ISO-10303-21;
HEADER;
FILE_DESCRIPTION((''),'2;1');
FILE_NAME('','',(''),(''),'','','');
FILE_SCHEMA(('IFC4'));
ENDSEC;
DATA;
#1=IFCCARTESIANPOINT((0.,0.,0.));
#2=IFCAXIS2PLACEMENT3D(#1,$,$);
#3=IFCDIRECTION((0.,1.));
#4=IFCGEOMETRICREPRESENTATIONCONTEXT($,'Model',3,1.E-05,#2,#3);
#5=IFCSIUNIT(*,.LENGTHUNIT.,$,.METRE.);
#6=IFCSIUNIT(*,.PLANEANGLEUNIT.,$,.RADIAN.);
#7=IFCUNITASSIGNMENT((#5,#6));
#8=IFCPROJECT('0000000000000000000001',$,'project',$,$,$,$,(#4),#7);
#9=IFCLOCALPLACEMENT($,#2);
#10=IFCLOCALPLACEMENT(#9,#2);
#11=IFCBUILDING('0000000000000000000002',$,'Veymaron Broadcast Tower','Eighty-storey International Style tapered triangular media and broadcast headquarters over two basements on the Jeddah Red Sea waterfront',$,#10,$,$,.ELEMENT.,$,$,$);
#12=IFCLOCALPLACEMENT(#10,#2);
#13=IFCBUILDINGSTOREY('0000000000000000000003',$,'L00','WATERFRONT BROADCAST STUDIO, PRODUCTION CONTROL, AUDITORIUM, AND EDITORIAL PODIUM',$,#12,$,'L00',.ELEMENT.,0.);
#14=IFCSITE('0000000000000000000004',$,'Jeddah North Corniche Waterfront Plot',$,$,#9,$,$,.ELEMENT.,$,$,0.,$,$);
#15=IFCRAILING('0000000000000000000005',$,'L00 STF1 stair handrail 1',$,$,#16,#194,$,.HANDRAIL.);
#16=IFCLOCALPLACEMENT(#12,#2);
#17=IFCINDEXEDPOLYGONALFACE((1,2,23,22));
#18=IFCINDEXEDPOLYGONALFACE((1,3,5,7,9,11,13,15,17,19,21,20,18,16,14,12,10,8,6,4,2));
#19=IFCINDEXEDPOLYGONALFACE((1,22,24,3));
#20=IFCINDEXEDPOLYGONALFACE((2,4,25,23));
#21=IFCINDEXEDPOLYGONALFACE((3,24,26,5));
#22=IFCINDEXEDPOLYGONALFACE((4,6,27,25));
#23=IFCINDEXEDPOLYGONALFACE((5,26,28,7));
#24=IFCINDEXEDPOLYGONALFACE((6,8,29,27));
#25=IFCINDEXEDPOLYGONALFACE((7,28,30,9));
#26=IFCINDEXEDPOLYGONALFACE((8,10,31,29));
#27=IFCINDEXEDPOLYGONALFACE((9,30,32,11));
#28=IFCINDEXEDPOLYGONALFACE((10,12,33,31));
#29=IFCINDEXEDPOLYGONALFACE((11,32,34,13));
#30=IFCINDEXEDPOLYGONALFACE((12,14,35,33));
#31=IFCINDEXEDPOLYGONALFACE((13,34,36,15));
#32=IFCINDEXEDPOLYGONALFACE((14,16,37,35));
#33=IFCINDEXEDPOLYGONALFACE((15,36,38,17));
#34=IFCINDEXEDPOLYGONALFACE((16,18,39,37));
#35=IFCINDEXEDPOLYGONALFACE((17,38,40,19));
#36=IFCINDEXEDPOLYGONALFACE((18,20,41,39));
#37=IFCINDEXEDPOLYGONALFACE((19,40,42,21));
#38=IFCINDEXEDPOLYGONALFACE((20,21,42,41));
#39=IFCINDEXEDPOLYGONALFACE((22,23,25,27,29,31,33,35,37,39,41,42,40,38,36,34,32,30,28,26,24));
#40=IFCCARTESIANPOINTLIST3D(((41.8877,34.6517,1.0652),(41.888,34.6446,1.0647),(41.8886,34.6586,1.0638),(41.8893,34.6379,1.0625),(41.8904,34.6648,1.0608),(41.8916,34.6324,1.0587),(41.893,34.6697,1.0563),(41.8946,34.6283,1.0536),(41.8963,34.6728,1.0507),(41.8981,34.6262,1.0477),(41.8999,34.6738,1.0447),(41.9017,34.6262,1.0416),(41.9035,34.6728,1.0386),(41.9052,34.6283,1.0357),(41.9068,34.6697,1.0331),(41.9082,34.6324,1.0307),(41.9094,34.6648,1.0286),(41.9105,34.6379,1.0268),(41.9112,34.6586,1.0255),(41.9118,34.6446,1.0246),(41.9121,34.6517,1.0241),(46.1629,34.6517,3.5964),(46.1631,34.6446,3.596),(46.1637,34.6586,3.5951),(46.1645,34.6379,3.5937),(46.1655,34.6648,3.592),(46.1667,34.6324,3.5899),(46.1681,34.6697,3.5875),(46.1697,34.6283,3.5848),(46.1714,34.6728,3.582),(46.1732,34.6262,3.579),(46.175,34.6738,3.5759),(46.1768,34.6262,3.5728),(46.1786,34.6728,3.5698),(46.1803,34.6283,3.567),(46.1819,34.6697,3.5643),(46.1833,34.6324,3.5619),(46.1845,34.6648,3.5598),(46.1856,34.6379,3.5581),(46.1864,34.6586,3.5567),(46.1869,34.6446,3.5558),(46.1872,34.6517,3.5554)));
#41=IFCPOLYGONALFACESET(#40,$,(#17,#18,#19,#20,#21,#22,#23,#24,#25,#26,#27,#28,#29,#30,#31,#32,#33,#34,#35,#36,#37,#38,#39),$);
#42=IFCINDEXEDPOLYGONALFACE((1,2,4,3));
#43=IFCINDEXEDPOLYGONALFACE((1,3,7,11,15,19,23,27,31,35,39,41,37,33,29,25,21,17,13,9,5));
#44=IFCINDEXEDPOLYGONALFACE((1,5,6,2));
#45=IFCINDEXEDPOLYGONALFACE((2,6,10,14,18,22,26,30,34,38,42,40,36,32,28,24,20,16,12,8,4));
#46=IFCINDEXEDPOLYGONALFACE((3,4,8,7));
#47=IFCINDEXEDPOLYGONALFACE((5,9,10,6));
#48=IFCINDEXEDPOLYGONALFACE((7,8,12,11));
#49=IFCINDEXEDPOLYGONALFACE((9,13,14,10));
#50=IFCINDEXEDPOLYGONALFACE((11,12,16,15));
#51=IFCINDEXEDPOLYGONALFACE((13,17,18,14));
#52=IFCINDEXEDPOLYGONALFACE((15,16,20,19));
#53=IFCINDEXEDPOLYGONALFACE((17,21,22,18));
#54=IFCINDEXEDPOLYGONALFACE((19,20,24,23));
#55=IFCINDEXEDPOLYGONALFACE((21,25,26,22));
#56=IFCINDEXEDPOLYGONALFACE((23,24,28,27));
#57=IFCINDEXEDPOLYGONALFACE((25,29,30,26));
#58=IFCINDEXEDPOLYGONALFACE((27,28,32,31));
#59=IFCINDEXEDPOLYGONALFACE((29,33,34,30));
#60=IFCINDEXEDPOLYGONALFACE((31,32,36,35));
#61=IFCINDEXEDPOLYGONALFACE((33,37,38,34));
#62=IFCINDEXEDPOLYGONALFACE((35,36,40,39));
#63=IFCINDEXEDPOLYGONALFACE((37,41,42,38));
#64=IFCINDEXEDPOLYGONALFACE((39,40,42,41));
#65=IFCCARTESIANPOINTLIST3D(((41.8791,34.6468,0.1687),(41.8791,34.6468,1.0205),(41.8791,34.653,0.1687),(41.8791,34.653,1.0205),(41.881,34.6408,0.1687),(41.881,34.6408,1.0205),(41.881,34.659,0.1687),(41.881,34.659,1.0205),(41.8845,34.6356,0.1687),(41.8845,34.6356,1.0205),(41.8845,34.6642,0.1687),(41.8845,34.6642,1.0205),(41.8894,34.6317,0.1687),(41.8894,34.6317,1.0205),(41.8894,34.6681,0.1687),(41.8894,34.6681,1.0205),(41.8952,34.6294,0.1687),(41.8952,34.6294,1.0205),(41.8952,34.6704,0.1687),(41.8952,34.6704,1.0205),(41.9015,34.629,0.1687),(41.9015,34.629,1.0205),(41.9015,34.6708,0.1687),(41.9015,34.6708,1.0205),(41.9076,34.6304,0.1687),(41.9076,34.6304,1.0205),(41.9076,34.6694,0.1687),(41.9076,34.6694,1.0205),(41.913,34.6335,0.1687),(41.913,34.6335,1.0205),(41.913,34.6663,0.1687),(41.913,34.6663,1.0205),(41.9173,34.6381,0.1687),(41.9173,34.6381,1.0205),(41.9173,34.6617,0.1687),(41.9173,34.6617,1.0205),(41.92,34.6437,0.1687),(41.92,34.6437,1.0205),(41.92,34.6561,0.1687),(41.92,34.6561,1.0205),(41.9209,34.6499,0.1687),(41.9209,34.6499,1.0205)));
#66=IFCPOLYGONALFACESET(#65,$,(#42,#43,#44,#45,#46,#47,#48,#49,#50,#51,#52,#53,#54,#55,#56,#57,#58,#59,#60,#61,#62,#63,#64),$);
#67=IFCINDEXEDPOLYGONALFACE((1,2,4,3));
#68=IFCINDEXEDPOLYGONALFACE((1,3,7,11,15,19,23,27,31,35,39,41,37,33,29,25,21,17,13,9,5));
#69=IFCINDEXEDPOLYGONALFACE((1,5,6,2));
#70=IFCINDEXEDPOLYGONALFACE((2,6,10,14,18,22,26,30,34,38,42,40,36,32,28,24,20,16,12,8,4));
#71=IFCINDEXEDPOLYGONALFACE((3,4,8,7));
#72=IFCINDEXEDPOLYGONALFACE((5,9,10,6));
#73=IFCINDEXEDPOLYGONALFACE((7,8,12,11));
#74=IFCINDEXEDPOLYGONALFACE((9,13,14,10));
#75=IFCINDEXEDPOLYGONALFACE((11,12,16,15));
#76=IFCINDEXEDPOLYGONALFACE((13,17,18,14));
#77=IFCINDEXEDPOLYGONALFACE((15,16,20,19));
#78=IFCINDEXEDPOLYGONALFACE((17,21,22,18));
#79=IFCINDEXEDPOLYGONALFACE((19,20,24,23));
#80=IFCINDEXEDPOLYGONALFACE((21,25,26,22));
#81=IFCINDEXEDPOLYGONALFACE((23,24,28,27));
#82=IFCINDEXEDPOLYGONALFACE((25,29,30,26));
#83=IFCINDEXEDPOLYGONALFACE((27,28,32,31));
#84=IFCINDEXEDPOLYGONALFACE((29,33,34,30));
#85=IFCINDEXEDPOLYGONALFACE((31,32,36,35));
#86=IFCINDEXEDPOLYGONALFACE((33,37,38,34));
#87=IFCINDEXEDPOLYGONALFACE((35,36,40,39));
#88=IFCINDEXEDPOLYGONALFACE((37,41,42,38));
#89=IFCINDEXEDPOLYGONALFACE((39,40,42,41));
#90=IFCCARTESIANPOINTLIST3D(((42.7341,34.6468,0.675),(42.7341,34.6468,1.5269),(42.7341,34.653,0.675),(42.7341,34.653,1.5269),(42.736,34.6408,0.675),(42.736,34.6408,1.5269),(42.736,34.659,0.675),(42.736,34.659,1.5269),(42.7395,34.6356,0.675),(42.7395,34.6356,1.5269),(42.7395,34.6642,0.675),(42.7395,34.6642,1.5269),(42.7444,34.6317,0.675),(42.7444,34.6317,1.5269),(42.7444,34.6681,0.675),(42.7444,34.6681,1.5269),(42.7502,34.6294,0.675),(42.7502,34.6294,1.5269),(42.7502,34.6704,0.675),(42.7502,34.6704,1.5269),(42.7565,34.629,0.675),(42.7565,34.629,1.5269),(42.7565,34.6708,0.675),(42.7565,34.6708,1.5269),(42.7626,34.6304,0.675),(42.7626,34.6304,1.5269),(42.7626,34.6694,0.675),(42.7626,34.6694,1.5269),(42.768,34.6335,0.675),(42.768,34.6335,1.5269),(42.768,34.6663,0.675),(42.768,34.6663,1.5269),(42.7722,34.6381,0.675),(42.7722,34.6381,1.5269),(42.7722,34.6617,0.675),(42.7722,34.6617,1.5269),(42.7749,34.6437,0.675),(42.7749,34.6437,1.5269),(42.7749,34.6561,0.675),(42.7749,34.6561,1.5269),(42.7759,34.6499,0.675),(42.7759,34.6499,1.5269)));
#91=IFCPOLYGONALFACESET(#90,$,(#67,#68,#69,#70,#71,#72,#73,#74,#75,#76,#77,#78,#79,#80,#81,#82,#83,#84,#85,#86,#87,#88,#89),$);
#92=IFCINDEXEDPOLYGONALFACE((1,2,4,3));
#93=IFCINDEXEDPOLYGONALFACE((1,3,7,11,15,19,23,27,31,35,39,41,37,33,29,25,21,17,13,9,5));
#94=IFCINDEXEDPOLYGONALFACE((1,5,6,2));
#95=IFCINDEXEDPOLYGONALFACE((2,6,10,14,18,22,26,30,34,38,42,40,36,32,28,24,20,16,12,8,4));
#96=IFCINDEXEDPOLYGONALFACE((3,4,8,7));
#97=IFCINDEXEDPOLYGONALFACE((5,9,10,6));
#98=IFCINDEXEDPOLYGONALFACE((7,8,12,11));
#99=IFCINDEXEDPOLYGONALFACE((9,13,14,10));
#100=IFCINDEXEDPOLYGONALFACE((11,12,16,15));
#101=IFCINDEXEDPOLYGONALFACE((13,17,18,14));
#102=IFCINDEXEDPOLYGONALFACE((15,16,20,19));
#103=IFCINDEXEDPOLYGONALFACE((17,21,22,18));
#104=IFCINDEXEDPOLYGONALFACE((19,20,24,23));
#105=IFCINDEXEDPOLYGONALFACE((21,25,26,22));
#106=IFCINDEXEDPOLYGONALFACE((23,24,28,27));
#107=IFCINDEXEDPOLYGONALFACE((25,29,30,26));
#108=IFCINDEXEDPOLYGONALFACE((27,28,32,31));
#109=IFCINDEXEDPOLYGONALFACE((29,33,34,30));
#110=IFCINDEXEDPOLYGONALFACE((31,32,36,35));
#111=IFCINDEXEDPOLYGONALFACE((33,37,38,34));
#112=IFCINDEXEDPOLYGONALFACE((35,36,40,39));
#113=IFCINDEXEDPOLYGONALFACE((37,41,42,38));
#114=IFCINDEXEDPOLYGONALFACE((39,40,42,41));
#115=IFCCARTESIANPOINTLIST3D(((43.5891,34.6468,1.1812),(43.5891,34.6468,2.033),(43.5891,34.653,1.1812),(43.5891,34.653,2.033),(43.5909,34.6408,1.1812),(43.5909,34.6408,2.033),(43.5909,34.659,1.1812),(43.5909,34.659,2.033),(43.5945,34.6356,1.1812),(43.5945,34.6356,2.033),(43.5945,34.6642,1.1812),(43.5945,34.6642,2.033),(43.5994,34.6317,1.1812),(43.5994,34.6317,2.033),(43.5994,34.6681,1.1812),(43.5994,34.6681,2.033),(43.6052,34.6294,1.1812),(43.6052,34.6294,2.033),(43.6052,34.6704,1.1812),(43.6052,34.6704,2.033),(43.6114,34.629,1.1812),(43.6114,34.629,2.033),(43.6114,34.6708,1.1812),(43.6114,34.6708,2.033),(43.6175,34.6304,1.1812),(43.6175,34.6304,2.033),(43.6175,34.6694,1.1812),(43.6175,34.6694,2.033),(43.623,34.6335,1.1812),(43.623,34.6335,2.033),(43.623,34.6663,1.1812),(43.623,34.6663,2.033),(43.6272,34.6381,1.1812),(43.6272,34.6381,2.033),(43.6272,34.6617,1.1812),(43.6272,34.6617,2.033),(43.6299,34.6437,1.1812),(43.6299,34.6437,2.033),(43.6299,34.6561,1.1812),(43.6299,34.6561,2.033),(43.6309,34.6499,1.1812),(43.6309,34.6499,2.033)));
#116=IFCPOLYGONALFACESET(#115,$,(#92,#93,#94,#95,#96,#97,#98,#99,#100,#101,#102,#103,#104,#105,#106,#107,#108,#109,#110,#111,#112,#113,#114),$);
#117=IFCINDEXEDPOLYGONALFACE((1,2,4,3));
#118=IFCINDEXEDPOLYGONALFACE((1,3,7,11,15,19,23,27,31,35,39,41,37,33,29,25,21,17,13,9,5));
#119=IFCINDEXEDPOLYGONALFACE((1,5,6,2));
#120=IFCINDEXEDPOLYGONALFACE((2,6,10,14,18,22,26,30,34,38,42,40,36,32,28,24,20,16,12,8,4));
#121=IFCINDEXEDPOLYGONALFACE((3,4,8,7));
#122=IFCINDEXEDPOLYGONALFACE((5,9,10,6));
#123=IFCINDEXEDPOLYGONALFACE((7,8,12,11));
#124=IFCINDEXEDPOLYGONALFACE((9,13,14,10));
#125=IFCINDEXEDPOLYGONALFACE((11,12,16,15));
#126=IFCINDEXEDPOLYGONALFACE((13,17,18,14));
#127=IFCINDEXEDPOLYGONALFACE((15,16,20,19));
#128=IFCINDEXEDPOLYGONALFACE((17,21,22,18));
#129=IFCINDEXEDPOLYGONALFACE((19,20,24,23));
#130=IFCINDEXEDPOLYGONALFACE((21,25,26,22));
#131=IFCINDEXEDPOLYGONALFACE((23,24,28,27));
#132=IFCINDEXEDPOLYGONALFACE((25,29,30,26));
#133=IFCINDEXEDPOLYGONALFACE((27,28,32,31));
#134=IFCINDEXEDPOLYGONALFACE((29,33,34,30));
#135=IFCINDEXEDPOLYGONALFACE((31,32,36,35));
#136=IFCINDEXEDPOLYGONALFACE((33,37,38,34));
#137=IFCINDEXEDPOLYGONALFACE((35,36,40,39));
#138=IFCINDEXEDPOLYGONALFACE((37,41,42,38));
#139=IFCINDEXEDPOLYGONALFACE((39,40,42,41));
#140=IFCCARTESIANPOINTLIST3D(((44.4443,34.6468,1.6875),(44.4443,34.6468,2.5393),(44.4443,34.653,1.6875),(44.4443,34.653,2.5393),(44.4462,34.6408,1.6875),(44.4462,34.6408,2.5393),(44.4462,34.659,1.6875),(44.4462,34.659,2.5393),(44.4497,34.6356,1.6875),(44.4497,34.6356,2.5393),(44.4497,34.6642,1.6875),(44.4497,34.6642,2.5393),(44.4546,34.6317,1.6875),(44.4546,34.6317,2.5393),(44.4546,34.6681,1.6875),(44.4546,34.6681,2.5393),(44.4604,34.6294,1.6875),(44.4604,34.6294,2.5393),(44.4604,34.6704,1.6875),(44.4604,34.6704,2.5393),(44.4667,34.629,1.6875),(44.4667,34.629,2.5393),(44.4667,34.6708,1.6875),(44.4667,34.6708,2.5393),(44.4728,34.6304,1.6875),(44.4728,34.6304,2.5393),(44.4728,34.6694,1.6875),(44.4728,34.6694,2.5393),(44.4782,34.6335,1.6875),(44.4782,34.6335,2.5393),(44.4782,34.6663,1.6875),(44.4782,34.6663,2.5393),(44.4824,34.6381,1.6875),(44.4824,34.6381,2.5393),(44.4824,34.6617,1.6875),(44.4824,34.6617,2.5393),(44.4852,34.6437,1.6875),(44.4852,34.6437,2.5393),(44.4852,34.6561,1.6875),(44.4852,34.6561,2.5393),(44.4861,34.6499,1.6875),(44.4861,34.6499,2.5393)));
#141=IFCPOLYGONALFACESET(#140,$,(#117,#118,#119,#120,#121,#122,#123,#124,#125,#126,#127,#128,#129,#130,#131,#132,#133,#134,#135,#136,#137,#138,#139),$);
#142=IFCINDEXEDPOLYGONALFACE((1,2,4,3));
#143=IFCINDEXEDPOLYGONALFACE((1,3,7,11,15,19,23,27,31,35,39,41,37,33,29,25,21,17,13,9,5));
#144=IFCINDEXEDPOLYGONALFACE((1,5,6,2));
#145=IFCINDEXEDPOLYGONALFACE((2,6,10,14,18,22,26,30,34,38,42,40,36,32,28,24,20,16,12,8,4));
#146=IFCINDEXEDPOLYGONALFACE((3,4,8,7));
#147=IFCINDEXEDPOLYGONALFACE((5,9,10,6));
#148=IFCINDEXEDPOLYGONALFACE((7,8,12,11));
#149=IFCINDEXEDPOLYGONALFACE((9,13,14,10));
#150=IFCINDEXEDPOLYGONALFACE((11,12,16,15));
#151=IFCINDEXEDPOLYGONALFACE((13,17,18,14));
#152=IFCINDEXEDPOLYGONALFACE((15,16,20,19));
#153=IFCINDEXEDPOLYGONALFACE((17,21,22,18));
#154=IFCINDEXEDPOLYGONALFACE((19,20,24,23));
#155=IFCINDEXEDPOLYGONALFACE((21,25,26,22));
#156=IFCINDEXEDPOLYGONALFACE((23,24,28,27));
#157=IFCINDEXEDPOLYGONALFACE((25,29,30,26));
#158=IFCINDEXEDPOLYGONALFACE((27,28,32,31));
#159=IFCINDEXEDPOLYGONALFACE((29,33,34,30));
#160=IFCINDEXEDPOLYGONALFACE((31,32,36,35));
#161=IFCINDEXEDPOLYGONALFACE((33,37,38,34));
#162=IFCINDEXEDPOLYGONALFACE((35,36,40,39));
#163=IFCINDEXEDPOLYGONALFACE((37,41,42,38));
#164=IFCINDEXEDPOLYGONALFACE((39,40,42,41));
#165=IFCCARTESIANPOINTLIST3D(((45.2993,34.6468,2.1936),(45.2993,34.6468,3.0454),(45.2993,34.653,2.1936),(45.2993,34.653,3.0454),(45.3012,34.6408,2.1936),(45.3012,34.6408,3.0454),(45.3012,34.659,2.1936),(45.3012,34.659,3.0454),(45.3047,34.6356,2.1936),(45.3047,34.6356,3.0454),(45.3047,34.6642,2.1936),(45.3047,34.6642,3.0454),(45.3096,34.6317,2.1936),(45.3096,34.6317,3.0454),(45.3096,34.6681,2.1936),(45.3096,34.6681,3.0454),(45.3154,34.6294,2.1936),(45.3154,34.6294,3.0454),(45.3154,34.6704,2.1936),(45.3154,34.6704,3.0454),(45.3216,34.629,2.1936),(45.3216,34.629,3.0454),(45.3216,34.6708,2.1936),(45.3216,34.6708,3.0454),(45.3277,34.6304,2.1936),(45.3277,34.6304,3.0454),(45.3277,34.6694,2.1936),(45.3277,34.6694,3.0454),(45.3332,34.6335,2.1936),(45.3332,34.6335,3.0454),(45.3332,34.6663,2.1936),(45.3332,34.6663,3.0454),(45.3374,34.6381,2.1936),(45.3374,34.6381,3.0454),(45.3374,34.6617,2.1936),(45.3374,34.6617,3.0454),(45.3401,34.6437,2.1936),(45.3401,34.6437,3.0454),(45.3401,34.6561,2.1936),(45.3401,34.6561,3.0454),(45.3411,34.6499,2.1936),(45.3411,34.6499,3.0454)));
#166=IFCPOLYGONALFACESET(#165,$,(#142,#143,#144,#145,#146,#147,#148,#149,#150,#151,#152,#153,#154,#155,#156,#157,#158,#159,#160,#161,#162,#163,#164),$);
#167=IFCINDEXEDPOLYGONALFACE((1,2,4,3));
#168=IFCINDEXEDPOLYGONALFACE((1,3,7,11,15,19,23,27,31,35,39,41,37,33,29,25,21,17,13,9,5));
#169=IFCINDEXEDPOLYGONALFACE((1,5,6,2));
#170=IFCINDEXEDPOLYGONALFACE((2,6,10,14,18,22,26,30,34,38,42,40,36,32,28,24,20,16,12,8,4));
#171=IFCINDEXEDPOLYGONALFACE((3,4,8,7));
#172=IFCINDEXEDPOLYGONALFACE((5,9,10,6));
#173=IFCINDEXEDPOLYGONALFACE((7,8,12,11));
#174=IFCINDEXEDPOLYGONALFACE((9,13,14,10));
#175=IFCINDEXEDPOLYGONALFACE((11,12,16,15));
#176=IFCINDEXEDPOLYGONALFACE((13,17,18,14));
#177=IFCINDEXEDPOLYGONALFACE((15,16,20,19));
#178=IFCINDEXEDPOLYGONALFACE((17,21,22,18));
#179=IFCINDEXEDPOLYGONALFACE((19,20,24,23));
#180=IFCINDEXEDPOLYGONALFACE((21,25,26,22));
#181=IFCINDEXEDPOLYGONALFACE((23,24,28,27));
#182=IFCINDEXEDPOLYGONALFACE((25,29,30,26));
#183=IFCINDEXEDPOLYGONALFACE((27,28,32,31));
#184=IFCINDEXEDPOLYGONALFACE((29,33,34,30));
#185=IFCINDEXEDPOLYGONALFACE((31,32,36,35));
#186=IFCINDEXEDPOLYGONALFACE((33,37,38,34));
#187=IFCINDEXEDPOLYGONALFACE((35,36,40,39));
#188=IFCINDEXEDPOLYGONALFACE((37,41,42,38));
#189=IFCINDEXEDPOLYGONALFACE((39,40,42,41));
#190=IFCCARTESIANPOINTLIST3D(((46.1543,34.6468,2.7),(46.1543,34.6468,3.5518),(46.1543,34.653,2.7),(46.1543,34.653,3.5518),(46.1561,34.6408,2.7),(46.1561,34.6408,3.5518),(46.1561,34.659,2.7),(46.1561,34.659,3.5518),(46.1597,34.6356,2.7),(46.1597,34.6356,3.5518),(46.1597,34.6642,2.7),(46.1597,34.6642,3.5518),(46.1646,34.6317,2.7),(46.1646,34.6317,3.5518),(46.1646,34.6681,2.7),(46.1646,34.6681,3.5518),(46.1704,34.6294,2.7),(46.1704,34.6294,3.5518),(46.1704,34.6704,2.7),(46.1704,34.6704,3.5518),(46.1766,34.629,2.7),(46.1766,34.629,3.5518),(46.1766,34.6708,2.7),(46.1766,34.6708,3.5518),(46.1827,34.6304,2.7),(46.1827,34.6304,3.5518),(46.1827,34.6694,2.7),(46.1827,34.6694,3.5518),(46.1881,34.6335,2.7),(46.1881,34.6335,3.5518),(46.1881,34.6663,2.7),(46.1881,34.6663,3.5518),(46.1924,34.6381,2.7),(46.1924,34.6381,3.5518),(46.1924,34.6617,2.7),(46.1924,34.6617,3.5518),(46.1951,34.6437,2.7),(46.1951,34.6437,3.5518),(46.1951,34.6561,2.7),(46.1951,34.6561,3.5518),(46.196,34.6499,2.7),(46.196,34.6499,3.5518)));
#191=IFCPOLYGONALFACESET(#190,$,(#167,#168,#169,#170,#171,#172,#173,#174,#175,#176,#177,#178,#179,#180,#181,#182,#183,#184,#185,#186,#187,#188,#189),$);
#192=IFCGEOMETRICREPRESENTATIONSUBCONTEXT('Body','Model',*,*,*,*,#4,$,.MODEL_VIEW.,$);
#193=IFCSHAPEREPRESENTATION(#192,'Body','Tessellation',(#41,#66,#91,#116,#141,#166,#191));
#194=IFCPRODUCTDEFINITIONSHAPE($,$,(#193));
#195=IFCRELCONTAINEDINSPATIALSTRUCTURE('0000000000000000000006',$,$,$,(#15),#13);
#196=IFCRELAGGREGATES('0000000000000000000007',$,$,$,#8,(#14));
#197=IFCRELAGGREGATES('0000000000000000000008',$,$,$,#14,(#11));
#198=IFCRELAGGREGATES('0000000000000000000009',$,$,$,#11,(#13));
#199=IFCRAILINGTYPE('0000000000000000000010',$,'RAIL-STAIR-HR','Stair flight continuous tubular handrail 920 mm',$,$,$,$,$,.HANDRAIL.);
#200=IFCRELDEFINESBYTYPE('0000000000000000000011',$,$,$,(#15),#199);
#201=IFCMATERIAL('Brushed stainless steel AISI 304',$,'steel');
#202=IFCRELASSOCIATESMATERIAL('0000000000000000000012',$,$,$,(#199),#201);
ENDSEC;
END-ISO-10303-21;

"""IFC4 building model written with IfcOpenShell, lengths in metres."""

from ifc_helpers import new_model, si_unit, direction, frame, origin, origin_2d, place, context, subcontext, project, spatial, circle, extrude, material, type_object, element, save


model = new_model("IFC4")

# Units and contexts
model_context = context("Model", 3, precision=1e-05, world=origin(), true_north=direction((0.0, 1.0)))
body_context = subcontext(model_context, "Body", "Model", "MODEL_VIEW")
ifc_project = project(units=[si_unit("LENGTHUNIT", "METRE"), si_unit("PLANEANGLEUNIT", "RADIAN")], contexts=[model_context])

# Site, building, storey
site_placement = place(None, origin())
site = spatial("IfcSite", under=ifc_project, at=site_placement, Name="Jeddah North Corniche Waterfront Plot", CompositionType="ELEMENT", RefElevation=0.0)
building_placement = place(site_placement, origin())
building = spatial("IfcBuilding", under=site, at=building_placement, Name="Veymaron Broadcast Tower", Description="Eighty-storey International Style tapered triangular media and broadcast headquarters over two basements on the Jeddah Red Sea waterfront", CompositionType="ELEMENT")
storey_placement = place(building_placement, origin())
storey = spatial("IfcBuildingStorey", under=building, at=storey_placement, Name="L00", Description="WATERFRONT BROADCAST STUDIO, PRODUCTION CONTROL, AUDITORIUM, AND EDITORIAL PODIUM", LongName="L00", CompositionType="ELEMENT", Elevation=0.0)

# Railing
ifc_material_1 = material(Name="Brushed stainless steel AISI 304", Category="steel")
railing_type_1 = type_object("IfcRailingType", Name="RAIL-STAIR-HR", Description="Stair flight continuous tubular handrail 920 mm", PredefinedType="HANDRAIL", material=ifc_material_1)
railing_1_placement = place(storey_placement, frame((41.8999, 34.6499, 0.1687)))
element("IfcRailing", 1, at=railing_1_placement, inside=storey, type_object=railing_type_1, Name="L00 STF1 stair handrail 1", PredefinedType="HANDRAIL", context=body_context, shape_type="SweptSolid", body=[
    extrude(circle(Radius=0.0239, at=origin_2d()), frame((0.0, 0.0, 0.876), z_axis=(0.860483, 0.0, 0.509479), x_axis=(0.0, 1.0, 0.0)), (0.0, 0.0, 1.0), 4.9683),
    extrude(circle(Radius=0.021, at=origin_2d()), origin(), (0.0, 0.0, 1.0), 0.8518),
    extrude(circle(Radius=0.021, at=origin_2d()), frame((0.855, 0.0, 0.5063)), (0.0, 0.0, 1.0), 0.8518),
    extrude(circle(Radius=0.021, at=origin_2d()), frame((1.71, 0.0, 1.0125)), (0.0, 0.0, 1.0), 0.8518),
    extrude(circle(Radius=0.021, at=origin_2d()), frame((2.5652, 0.0, 1.5188)), (0.0, 0.0, 1.0), 0.8518),
    extrude(circle(Radius=0.021, at=origin_2d()), frame((3.4202, 0.0, 2.0249)), (0.0, 0.0, 1.0), 0.8518),
    extrude(circle(Radius=0.021, at=origin_2d()), frame((4.2751, 0.0, 2.5312)), (0.0, 0.0, 1.0), 0.8518),
])

save(model, "model.ifc")
